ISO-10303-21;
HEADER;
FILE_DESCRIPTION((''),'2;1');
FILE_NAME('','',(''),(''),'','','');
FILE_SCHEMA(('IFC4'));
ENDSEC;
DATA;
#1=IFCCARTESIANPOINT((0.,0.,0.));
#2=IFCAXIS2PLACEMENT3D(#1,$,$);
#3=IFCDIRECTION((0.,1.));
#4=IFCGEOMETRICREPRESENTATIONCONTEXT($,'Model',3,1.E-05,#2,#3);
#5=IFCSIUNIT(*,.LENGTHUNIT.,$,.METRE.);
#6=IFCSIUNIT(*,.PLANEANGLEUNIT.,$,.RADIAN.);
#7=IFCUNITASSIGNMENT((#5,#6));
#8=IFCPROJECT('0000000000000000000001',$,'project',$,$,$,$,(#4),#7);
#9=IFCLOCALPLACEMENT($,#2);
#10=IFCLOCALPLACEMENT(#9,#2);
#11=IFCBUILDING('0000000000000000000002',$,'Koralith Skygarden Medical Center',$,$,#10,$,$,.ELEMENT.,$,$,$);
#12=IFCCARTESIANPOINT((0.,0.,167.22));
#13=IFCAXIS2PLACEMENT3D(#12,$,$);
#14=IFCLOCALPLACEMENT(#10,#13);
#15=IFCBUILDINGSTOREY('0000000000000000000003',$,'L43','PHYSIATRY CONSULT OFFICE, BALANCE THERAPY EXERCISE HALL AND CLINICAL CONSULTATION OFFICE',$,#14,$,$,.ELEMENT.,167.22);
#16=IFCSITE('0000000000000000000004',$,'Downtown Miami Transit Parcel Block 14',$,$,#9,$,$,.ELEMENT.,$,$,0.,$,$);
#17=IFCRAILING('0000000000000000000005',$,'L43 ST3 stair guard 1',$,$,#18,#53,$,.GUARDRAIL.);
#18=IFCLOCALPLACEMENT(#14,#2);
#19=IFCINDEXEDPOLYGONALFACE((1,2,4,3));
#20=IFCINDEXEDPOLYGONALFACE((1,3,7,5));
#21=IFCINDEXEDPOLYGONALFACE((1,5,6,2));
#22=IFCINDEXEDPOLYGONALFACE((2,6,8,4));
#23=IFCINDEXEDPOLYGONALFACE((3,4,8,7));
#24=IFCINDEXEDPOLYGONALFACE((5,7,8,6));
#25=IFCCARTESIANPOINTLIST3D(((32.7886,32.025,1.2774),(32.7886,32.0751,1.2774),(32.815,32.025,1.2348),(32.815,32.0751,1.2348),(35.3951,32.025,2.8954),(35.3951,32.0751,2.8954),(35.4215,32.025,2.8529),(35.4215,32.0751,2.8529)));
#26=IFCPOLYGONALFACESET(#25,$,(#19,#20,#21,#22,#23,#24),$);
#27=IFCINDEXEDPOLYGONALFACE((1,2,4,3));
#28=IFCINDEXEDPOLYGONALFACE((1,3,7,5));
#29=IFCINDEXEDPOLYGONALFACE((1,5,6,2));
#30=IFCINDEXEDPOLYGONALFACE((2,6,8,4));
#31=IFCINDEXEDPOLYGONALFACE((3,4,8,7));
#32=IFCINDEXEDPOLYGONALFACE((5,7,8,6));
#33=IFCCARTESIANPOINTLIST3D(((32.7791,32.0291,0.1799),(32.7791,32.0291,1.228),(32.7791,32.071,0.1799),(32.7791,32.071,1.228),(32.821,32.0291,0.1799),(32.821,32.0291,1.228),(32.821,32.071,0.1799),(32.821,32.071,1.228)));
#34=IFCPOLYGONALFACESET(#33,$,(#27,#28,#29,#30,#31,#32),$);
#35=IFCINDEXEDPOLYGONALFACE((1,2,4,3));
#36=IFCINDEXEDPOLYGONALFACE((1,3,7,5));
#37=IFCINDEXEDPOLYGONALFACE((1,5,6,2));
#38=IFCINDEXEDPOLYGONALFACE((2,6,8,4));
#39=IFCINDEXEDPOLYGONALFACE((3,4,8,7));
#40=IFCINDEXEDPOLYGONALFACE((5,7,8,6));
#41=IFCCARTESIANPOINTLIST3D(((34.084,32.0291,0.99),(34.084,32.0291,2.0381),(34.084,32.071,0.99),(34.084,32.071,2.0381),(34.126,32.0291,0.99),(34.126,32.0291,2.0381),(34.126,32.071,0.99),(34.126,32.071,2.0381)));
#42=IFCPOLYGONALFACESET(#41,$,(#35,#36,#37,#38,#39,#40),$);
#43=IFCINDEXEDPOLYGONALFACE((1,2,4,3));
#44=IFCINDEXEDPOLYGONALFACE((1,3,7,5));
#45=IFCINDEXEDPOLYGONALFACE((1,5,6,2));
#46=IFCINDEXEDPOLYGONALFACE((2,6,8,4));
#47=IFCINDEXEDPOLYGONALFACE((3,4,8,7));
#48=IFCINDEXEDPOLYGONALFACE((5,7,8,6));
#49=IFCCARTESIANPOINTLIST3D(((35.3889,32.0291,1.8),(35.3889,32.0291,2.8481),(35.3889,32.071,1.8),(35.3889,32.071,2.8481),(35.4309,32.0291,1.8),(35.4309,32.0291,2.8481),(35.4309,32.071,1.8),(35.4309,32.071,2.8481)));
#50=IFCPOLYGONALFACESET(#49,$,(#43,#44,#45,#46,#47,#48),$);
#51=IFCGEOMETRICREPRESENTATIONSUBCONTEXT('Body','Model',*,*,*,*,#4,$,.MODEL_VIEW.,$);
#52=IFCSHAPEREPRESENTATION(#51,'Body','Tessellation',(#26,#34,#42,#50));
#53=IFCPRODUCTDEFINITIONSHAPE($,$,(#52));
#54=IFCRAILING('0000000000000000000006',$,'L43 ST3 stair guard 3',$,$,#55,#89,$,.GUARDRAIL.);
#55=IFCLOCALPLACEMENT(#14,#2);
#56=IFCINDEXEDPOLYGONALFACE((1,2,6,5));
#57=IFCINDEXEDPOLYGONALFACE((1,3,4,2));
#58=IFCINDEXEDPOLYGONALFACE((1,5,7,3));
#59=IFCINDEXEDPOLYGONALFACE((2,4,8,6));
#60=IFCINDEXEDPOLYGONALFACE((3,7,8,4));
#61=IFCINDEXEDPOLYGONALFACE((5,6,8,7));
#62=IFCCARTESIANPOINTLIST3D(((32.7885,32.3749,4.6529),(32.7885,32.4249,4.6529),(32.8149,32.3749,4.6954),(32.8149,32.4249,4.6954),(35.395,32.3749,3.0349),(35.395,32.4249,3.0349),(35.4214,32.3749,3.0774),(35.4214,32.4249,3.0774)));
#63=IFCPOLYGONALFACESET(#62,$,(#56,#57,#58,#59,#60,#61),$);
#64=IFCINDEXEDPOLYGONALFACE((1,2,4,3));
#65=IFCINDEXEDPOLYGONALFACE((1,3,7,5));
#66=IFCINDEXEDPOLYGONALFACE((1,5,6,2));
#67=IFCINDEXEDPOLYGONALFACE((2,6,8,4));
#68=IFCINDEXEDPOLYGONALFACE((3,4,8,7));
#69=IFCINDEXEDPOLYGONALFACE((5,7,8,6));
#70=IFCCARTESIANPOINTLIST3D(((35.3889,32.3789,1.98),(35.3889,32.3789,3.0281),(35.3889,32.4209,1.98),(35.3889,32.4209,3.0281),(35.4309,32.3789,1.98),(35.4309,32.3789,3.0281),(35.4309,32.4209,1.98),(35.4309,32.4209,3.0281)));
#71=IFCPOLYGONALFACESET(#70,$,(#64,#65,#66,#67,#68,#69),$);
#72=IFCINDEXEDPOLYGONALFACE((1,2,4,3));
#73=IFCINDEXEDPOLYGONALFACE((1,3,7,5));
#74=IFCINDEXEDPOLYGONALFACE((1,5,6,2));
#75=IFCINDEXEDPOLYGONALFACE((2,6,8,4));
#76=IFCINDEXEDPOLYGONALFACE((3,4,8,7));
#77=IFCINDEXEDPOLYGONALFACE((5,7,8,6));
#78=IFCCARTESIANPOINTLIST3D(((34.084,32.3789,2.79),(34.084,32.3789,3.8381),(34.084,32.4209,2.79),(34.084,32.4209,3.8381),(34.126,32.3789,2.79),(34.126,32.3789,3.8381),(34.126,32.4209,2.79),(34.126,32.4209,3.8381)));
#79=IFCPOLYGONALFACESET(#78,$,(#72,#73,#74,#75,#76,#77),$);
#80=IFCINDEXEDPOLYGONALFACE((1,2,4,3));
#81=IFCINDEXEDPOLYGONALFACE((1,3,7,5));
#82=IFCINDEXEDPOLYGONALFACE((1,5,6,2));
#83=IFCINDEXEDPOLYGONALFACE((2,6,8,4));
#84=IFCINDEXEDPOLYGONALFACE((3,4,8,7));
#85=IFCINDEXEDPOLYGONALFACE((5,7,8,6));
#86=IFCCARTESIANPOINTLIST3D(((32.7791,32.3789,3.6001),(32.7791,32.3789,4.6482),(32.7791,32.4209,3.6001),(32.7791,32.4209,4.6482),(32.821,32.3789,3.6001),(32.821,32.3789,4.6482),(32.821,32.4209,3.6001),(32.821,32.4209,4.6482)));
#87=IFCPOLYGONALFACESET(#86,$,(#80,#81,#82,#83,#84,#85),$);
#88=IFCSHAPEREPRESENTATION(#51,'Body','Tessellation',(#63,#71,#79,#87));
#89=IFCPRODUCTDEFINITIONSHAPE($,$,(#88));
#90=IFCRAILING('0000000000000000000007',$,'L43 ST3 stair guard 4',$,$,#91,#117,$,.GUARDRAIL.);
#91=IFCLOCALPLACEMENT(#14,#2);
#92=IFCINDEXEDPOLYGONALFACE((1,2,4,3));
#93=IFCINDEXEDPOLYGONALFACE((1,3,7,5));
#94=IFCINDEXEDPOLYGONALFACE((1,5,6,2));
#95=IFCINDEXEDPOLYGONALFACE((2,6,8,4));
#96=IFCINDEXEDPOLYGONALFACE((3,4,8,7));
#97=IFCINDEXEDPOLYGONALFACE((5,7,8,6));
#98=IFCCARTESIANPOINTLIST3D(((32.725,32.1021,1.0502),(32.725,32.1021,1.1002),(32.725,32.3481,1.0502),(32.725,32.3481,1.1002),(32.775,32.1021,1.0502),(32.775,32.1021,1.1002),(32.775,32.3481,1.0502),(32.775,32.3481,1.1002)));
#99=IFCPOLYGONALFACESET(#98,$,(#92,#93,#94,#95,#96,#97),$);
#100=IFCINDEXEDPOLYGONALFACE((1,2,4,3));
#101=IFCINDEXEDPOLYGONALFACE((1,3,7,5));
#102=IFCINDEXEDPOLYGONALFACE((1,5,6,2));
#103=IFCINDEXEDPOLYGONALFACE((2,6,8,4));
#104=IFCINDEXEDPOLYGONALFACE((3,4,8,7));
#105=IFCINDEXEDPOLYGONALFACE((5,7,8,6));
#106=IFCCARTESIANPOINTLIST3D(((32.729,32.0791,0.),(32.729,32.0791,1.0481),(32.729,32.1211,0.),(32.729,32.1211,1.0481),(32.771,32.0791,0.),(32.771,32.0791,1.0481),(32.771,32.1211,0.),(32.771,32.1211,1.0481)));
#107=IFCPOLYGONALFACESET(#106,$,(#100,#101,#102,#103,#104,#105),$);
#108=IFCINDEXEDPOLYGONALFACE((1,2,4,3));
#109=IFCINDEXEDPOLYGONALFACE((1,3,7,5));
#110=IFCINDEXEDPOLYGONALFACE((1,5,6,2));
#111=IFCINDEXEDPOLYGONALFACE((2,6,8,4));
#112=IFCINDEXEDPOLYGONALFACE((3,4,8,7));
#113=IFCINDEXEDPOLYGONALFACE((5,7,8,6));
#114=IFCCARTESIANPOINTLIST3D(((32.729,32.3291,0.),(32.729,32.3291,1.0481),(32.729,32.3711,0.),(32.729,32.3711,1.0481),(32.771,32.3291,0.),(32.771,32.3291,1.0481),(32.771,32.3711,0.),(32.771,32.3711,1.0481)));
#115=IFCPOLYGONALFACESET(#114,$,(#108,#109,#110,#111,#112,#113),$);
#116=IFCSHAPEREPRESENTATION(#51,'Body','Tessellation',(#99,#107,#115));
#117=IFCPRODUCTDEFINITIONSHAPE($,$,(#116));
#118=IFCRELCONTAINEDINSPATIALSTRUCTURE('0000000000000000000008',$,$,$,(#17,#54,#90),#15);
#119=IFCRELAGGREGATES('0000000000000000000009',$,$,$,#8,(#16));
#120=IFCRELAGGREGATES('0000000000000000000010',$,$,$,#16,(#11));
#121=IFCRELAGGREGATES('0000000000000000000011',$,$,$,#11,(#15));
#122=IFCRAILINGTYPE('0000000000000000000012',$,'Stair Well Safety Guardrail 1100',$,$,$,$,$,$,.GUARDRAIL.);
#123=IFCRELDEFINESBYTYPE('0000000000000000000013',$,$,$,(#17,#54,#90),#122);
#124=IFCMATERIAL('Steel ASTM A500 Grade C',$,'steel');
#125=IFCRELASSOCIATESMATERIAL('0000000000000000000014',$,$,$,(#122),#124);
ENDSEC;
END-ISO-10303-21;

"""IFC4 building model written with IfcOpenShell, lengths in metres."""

from ifc_helpers import new_model, si_unit, direction, frame, origin, origin_2d, place, context, subcontext, project, spatial, rectangle, extrude, material, type_object, element, save


model = new_model("IFC4")

# Units and contexts
model_context = context("Model", 3, precision=1e-05, world=origin(), true_north=direction((0.0, 1.0)))
body_context = subcontext(model_context, "Body", "Model", "MODEL_VIEW")
ifc_project = project(units=[si_unit("LENGTHUNIT", "METRE"), si_unit("PLANEANGLEUNIT", "RADIAN")], contexts=[model_context])

# Site, building, storey
site_placement = place(None, origin())
site = spatial("IfcSite", under=ifc_project, at=site_placement, Name="Downtown Miami Transit Parcel Block 14", CompositionType="ELEMENT", RefElevation=0.0)
building_placement = place(site_placement, origin())
building = spatial("IfcBuilding", under=site, at=building_placement, Name="Koralith Skygarden Medical Center", CompositionType="ELEMENT")
storey_placement = place(building_placement, frame((0.0, 0.0, 167.22)))
storey = spatial("IfcBuildingStorey", under=building, at=storey_placement, Name="L43", Description="PHYSIATRY CONSULT OFFICE, BALANCE THERAPY EXERCISE HALL AND CLINICAL CONSULTATION OFFICE", CompositionType="ELEMENT", Elevation=167.22)

# Railings
ifc_material_1 = material(Name="Steel ASTM A500 Grade C", Category="steel")
railing_type_1 = type_object("IfcRailingType", Name="Stair Well Safety Guardrail 1100", PredefinedType="GUARDRAIL", material=ifc_material_1)
railing_1_placement = place(storey_placement, frame((32.8, 32.05, 0.1799)))
element("IfcRailing", 1, at=railing_1_placement, inside=storey, type_object=railing_type_1, Name="L43 ST3 stair guard 1", PredefinedType="GUARDRAIL", context=body_context, shape_type="SweptSolid", body=[
    extrude(rectangle(XDim=0.05, YDim=0.05, at=origin_2d()), frame((0.0017, 0.0, 1.0762), z_axis=(0.849611, 0.0, 0.52741), x_axis=(0.0, 1.0, 0.0)), (0.0, 0.0, 1.0), 3.0679),
    extrude(rectangle(XDim=0.042, YDim=0.042, at=origin_2d()), origin(), (0.0, 0.0, 1.0), 1.0481),
    extrude(rectangle(XDim=0.042, YDim=0.042, at=origin_2d()), frame((1.3049, 0.0, 0.8101)), (0.0, 0.0, 1.0), 1.0481),
    extrude(rectangle(XDim=0.042, YDim=0.042, at=origin_2d()), frame((2.6099, 0.0, 1.6201)), (0.0, 0.0, 1.0), 1.0481),
])
railing_2_placement = place(storey_placement, frame((35.4099, 32.3999, 1.98)))
element("IfcRailing", 2, at=railing_2_placement, inside=storey, type_object=railing_type_1, Name="L43 ST3 stair guard 3", PredefinedType="GUARDRAIL", context=body_context, shape_type="SweptSolid", body=[
    extrude(rectangle(XDim=0.05, YDim=0.05, at=origin_2d()), frame((-0.0017, 0.0, 1.0762), z_axis=(-0.849611, 0.0, 0.52741), x_axis=(0.0, -1.0, 0.0)), (0.0, 0.0, 1.0), 3.0679),
    extrude(rectangle(XDim=0.042, YDim=0.042, at=origin_2d()), origin(), (0.0, 0.0, 1.0), 1.0481),
    extrude(rectangle(XDim=0.042, YDim=0.042, at=origin_2d()), frame((-1.3049, 0.0, 0.8101)), (0.0, 0.0, 1.0), 1.0481),
    extrude(rectangle(XDim=0.042, YDim=0.042, at=origin_2d()), frame((-2.6099, 0.0, 1.6201)), (0.0, 0.0, 1.0), 1.0481),
])
railing_3_placement = place(storey_placement, frame((32.75, 32.1001, 0.0)))
element("IfcRailing", 3, at=railing_3_placement, inside=storey, type_object=railing_type_1, Name="L43 ST3 stair guard 4", PredefinedType="GUARDRAIL", context=body_context, shape_type="SweptSolid", body=[
    extrude(rectangle(XDim=0.05, YDim=0.05, at=origin_2d()), frame((0.0, 0.002, 1.0752), z_axis=(0.0, 1.0, 0.0), x_axis=(-1.0, 0.0, 0.0)), (0.0, 0.0, 1.0), 0.2461),
    extrude(rectangle(XDim=0.042, YDim=0.042, at=origin_2d()), origin(), (0.0, 0.0, 1.0), 1.0481),
    extrude(rectangle(XDim=0.042, YDim=0.042, at=origin_2d()), frame((0.0, 0.25, 0.0)), (0.0, 0.0, 1.0), 1.0481),
])

save(model, "model.ifc")
